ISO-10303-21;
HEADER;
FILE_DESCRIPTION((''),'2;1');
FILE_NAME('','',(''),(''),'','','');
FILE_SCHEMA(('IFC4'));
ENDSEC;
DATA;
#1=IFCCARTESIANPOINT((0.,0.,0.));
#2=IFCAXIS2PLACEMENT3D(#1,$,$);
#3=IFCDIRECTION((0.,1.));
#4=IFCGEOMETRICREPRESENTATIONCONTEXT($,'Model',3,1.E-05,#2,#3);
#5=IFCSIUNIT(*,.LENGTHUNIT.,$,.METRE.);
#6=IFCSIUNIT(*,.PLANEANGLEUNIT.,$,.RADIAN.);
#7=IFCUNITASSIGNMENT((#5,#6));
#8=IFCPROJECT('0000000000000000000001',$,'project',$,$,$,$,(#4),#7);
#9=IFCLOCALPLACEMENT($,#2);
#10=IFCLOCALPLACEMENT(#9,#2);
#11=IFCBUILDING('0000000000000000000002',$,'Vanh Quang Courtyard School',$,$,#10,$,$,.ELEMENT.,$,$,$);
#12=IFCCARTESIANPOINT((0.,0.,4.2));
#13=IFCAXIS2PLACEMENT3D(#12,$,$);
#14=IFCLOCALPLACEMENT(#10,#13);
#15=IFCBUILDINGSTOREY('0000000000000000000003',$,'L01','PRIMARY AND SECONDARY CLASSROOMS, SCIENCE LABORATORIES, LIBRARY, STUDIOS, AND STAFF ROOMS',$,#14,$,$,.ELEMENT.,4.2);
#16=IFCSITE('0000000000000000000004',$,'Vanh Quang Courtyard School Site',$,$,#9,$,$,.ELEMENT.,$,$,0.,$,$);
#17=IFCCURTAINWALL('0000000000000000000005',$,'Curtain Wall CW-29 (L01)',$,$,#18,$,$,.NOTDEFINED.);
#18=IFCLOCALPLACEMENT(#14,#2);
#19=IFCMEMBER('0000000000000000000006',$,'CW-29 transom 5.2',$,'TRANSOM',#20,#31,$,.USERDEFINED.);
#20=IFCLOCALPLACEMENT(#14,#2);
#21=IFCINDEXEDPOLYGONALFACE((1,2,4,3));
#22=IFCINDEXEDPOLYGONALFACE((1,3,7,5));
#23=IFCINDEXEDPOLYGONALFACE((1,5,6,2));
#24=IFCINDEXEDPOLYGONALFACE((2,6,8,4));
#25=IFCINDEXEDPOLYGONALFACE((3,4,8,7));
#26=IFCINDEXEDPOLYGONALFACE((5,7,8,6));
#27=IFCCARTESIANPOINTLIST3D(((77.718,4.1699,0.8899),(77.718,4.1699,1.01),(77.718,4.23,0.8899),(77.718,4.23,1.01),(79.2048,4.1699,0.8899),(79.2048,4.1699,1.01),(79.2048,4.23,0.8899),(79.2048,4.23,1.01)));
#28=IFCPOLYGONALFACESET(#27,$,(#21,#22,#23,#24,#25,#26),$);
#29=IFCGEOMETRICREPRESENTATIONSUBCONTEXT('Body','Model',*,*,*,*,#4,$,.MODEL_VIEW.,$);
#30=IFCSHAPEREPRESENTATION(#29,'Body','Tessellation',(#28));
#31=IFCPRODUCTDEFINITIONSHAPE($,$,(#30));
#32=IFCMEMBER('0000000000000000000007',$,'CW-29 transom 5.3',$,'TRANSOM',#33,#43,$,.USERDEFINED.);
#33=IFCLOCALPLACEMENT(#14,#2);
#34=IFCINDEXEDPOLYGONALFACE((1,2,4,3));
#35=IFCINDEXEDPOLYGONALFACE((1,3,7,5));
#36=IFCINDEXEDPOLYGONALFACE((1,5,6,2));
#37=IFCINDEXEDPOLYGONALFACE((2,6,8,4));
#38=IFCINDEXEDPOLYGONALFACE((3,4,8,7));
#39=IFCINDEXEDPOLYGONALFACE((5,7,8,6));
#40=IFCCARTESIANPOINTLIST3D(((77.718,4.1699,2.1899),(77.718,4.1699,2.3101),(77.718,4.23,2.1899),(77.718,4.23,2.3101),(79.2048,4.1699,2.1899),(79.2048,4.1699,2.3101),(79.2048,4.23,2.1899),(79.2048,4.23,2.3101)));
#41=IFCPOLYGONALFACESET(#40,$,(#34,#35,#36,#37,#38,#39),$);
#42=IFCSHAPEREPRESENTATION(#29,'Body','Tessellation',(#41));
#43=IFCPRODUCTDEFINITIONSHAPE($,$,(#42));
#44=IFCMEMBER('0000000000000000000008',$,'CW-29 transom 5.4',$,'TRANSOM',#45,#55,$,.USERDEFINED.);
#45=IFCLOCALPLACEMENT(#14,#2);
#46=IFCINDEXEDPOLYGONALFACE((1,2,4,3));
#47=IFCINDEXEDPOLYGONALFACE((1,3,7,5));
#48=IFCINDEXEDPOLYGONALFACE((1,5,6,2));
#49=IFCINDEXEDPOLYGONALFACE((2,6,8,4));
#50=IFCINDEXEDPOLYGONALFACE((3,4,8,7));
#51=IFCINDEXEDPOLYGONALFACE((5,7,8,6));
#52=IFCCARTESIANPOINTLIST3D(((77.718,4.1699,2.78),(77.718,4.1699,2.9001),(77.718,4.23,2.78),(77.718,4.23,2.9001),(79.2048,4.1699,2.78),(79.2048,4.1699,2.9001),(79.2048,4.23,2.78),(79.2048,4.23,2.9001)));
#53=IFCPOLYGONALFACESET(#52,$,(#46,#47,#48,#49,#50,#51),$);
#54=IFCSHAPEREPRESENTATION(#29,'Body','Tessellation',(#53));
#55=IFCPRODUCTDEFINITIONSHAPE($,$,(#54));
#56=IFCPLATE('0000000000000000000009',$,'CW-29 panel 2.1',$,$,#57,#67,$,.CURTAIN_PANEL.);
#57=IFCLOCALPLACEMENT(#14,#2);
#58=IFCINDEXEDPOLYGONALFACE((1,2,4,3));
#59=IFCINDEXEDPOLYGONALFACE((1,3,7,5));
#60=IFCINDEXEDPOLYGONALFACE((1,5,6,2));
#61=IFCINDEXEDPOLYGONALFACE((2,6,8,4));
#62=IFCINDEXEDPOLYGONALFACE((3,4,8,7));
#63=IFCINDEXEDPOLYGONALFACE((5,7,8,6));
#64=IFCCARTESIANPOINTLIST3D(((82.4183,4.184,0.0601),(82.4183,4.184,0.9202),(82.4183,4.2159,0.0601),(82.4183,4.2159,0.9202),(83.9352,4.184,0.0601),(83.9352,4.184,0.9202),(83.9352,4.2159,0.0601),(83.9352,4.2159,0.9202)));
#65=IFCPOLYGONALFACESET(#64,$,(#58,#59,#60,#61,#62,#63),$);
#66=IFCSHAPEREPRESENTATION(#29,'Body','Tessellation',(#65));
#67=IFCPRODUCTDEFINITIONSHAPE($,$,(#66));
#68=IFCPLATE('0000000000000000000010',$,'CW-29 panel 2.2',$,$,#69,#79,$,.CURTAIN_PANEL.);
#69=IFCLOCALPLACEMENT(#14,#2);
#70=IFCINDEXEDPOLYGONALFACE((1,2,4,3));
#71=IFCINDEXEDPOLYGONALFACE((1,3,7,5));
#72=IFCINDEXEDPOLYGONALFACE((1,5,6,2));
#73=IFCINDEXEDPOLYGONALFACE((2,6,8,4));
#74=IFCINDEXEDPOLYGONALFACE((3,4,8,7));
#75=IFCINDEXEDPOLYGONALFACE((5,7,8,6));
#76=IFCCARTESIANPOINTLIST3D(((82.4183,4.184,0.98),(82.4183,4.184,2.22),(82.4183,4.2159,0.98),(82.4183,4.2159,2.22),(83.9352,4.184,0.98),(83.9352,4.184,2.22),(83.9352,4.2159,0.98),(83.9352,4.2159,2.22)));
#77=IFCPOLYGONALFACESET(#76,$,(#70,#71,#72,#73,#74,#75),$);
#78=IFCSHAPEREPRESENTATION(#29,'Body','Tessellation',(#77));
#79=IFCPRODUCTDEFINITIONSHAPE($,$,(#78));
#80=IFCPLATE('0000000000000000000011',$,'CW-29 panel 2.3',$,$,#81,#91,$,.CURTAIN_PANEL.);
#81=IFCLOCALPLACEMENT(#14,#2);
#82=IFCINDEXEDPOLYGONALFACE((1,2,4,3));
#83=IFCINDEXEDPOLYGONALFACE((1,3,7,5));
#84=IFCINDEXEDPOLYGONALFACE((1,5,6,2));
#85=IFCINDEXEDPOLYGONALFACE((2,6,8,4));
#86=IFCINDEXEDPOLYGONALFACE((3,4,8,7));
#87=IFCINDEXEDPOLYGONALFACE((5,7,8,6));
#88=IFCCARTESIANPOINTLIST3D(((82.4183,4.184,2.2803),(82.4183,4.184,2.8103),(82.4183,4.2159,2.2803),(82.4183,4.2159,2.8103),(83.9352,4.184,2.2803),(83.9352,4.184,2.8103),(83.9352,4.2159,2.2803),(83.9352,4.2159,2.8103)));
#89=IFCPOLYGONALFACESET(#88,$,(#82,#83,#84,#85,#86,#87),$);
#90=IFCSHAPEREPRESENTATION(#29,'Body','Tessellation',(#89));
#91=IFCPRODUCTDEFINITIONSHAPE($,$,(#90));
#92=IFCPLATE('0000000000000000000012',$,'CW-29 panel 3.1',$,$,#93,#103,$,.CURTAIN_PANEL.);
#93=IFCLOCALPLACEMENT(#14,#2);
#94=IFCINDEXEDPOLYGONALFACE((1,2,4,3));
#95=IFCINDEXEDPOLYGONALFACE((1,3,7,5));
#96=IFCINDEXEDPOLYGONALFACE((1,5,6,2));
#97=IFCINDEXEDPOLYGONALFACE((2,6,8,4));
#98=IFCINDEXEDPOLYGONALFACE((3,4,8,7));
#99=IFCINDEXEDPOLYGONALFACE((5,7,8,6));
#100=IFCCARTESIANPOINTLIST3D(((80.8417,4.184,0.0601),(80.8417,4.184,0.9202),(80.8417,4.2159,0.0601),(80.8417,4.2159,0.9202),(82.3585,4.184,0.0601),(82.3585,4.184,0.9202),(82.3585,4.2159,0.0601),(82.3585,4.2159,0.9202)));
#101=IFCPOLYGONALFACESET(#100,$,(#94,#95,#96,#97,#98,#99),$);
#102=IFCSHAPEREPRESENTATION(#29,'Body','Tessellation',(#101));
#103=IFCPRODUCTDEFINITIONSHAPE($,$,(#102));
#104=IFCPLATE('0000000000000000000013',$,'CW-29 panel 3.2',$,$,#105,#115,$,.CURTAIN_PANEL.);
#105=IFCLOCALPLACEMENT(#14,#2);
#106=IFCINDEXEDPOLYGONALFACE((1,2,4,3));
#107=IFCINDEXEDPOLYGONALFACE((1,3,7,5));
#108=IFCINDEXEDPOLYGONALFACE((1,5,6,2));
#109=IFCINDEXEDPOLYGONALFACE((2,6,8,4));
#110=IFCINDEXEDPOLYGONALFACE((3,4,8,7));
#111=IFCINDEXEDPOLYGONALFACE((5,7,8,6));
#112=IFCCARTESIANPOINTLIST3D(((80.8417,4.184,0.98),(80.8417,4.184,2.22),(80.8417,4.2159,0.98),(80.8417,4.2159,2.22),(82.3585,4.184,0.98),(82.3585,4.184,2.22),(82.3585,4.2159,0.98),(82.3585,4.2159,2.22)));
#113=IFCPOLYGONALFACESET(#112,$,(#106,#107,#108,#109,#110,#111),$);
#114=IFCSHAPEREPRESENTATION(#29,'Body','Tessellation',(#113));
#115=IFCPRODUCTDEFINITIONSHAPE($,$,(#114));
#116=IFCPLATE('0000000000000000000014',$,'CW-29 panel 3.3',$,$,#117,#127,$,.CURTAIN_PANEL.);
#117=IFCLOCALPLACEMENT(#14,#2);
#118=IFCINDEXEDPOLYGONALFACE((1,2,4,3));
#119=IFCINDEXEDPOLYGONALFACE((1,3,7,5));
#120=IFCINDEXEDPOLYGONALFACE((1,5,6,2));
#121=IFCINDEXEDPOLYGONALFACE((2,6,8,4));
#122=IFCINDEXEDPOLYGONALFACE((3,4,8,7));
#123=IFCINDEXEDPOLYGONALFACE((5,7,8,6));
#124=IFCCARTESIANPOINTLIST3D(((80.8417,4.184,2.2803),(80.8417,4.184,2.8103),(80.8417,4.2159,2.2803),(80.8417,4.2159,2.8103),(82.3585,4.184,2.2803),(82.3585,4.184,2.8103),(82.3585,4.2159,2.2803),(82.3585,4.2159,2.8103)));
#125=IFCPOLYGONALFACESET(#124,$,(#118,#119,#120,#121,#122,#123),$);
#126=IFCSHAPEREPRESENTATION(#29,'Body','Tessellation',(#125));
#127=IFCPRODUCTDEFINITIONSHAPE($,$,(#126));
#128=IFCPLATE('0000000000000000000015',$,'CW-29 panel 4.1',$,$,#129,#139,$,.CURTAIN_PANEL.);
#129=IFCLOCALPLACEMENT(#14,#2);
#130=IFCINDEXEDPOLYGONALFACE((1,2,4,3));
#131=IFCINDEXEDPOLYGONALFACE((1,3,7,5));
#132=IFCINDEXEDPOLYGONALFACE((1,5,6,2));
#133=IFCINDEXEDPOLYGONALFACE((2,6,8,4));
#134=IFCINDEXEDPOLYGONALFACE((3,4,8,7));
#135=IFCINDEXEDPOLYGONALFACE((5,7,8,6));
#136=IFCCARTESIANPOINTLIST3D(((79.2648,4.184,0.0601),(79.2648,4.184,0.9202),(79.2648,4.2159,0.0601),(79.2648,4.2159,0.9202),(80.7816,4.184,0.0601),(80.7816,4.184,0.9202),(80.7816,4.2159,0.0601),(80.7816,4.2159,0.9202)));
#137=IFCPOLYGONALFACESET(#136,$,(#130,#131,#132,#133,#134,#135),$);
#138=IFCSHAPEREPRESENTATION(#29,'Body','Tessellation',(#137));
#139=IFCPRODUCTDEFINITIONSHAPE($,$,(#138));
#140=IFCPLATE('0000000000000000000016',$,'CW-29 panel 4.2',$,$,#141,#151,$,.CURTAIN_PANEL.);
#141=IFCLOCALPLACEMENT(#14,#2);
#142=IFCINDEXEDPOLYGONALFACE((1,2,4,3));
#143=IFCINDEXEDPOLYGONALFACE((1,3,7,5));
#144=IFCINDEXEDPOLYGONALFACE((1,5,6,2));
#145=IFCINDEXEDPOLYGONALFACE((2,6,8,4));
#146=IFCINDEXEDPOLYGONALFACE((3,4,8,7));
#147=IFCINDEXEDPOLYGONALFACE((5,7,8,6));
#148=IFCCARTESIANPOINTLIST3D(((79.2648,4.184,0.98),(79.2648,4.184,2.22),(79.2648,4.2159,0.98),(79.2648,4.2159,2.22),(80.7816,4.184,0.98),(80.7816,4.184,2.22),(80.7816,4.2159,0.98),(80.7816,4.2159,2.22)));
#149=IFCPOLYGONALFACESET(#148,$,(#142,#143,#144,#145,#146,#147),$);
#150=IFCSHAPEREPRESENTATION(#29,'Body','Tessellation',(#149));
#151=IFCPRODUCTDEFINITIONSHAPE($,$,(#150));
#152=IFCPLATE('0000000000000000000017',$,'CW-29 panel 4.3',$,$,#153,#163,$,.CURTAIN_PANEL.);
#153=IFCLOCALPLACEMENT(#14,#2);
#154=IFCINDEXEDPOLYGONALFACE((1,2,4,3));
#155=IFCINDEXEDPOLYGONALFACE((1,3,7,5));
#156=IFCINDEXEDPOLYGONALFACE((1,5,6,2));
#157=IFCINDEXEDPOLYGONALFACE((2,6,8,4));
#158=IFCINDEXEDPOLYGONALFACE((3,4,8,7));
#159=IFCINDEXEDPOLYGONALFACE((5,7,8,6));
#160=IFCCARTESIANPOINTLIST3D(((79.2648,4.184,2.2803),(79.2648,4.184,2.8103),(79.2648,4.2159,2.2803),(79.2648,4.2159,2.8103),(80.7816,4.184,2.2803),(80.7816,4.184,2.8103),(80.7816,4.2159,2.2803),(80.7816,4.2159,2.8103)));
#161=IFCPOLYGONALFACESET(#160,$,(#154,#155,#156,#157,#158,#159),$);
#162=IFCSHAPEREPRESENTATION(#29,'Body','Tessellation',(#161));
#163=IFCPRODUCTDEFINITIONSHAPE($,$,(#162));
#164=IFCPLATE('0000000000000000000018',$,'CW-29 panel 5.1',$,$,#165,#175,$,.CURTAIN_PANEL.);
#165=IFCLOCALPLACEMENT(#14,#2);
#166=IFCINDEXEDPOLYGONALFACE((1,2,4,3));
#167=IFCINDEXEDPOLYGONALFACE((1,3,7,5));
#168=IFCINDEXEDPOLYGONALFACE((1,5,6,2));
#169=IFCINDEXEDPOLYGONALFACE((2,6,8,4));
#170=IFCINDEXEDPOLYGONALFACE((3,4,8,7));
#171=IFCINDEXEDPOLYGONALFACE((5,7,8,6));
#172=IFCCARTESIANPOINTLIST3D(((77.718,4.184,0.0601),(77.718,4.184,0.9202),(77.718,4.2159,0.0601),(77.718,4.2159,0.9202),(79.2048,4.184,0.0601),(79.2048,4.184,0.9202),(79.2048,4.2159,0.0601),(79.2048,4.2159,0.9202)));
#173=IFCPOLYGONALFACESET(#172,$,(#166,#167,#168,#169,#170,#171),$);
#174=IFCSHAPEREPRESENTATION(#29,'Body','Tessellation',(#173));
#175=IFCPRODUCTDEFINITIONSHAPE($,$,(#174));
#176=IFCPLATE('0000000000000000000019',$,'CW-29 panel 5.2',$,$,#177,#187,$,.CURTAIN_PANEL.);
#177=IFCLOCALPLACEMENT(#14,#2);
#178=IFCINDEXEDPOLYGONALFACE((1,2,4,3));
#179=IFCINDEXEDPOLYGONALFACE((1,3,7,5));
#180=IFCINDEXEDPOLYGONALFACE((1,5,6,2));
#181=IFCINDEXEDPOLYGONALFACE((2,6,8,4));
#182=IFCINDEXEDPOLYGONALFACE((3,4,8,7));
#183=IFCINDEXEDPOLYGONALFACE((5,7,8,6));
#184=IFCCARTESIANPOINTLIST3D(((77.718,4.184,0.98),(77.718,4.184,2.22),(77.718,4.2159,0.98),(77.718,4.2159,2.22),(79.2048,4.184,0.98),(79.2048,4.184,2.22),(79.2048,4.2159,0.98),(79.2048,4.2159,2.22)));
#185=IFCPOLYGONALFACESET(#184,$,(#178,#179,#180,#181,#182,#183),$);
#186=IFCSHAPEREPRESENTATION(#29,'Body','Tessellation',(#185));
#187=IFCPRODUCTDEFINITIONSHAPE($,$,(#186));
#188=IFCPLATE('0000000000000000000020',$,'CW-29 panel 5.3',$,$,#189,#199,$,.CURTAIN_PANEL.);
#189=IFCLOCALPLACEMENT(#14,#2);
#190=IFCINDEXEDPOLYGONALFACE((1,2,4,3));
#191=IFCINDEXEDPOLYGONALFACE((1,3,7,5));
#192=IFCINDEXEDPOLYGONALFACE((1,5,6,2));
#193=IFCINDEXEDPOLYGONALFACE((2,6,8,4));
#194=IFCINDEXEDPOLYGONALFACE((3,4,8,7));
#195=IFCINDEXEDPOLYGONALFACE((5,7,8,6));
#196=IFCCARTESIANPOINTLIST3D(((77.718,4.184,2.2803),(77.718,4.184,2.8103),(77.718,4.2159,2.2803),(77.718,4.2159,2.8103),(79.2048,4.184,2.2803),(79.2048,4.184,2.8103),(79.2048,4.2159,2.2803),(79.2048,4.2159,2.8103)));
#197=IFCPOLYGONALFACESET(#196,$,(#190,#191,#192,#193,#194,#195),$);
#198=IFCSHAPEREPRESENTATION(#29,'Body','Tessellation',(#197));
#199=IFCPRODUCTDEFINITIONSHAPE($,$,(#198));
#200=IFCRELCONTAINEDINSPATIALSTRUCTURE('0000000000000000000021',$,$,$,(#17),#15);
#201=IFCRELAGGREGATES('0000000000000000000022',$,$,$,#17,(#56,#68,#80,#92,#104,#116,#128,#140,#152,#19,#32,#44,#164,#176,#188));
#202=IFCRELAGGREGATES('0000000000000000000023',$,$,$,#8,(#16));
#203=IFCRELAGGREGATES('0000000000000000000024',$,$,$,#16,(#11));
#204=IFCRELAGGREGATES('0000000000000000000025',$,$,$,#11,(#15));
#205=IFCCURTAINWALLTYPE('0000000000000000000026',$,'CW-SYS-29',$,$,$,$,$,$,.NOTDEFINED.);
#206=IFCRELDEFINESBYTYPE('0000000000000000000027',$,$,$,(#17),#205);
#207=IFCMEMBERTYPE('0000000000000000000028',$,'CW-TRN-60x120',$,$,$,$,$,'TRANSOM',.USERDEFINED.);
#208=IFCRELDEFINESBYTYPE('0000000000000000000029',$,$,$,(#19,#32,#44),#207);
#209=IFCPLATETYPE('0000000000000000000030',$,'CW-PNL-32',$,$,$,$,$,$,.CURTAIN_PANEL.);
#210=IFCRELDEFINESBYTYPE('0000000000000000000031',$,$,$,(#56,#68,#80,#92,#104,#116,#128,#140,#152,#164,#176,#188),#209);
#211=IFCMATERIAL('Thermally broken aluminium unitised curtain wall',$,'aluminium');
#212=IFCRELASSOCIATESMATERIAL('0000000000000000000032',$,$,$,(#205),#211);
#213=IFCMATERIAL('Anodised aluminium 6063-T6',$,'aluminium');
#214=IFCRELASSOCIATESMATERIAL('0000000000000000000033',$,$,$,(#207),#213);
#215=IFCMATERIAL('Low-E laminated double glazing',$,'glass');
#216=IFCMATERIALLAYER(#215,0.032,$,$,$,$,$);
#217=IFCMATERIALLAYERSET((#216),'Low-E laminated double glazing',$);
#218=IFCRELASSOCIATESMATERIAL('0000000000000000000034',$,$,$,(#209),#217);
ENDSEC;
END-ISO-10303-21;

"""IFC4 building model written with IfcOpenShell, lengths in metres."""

from ifc_helpers import new_model, si_unit, direction, frame, origin, origin_2d, place, context, subcontext, project, spatial, rectangle, extrude, material, layer, layer_set, material_profile, profile_set, type_object, element, aggregate, save


model = new_model("IFC4")

# Units and contexts
model_context = context("Model", 3, precision=1e-05, world=origin(), true_north=direction((0.0, 1.0)))
body_context = subcontext(model_context, "Body", "Model", "MODEL_VIEW")
ifc_project = project(units=[si_unit("LENGTHUNIT", "METRE"), si_unit("PLANEANGLEUNIT", "RADIAN")], contexts=[model_context])

# Site, building, storey
site_placement = place(None, origin())
site = spatial("IfcSite", under=ifc_project, at=site_placement, Name="Vanh Quang Courtyard School Site", CompositionType="ELEMENT", RefElevation=0.0)
building_placement = place(site_placement, origin())
building = spatial("IfcBuilding", under=site, at=building_placement, Name="Vanh Quang Courtyard School", CompositionType="ELEMENT")
storey_placement = place(building_placement, frame((0.0, 0.0, 4.2)))
storey = spatial("IfcBuildingStorey", under=building, at=storey_placement, Name="L01", Description="PRIMARY AND SECONDARY CLASSROOMS, SCIENCE LABORATORIES, LIBRARY, STUDIOS, AND STAFF ROOMS", CompositionType="ELEMENT", Elevation=4.2)

# Curtain wall, members, plates
ifc_material_1 = material(Name="Thermally broken aluminium unitised curtain wall", Category="aluminium")
curtain_wall_type = type_object("IfcCurtainWallType", Name="CW-SYS-29", PredefinedType="NOTDEFINED", material=ifc_material_1)
curtain_wall_placement = place(storey_placement, origin())
curtain_wall = element("IfcCurtainWall", 1, at=curtain_wall_placement, inside=storey, type_object=curtain_wall_type, Name="Curtain Wall CW-29 (L01)", PredefinedType="NOTDEFINED")
ifc_material_2 = material(Name="Anodised aluminium 6063-T6", Category="aluminium")
ifc_material_profile_1 = material_profile(ifc_material_2, rectangle(XDim=0.0601, YDim=0.1201, at=origin_2d()), Name="ALU-TRN 60x120")
ifc_profile_set_1 = profile_set([ifc_material_profile_1], Name="Anodised aluminium 6063-T6")
member_type_1 = type_object("IfcMemberType", Name="CW-TRN-60x120", ElementType="TRANSOM", PredefinedType="USERDEFINED", material=ifc_profile_set_1)
member_1_placement = place(storey_placement, frame((79.2048, 4.2, 0.95), z_axis=(-1.0, 0.0, 0.0), x_axis=(0.0, -1.0, 0.0)))
member_1 = element("IfcMember", 2, at=member_1_placement, type_object=member_type_1, Name="CW-29 transom 5.2", ObjectType="TRANSOM", PredefinedType="USERDEFINED", context=body_context, shape_type="SweptSolid", body=[
    extrude(rectangle(XDim=0.0601, YDim=0.1201, at=origin_2d()), origin(), (0.0, 0.0, 1.0), 1.4868),
])
member_2_placement = place(storey_placement, frame((79.2048, 4.2, 2.25), z_axis=(-1.0, 0.0, 0.0), x_axis=(0.0, -1.0, 0.0)))
member_2 = element("IfcMember", 3, at=member_2_placement, type_object=member_type_1, Name="CW-29 transom 5.3", ObjectType="TRANSOM", PredefinedType="USERDEFINED", context=body_context, shape_type="SweptSolid", body=[
    extrude(rectangle(XDim=0.0601, YDim=0.1201, at=origin_2d()), origin(), (0.0, 0.0, 1.0), 1.4868),
])
member_3_placement = place(storey_placement, frame((79.2048, 4.2, 2.8401), z_axis=(-1.0, 0.0, 0.0), x_axis=(0.0, -1.0, 0.0)))
member_3 = element("IfcMember", 4, at=member_3_placement, type_object=member_type_1, Name="CW-29 transom 5.4", ObjectType="TRANSOM", PredefinedType="USERDEFINED", context=body_context, shape_type="SweptSolid", body=[
    extrude(rectangle(XDim=0.0601, YDim=0.1201, at=origin_2d()), origin(), (0.0, 0.0, 1.0), 1.4868),
])
ifc_material_3 = material(Name="Low-E laminated double glazing", Category="glass")
ifc_layer_1 = layer(ifc_material_3, 0.032)
ifc_layer_set_1 = layer_set([ifc_layer_1], Name="Low-E laminated double glazing")
plate_type = type_object("IfcPlateType", Name="CW-PNL-32", PredefinedType="CURTAIN_PANEL", material=ifc_layer_set_1)
plate_1_placement = place(storey_placement, frame((83.1768, 4.2, 0.0601), z_axis=(0.0, 0.0, 1.0), x_axis=(-1.0, 0.0, 0.0)))
plate_1 = element("IfcPlate", 5, at=plate_1_placement, type_object=plate_type, Name="CW-29 panel 2.1", PredefinedType="CURTAIN_PANEL", context=body_context, shape_type="SweptSolid", body=[
    extrude(rectangle(XDim=1.5168, YDim=0.032, at=origin_2d()), origin(), (0.0, 0.0, 1.0), 0.8601),
])
plate_2_placement = place(storey_placement, frame((83.1768, 4.2, 0.98), z_axis=(0.0, 0.0, 1.0), x_axis=(-1.0, 0.0, 0.0)))
plate_2 = element("IfcPlate", 6, at=plate_2_placement, type_object=plate_type, Name="CW-29 panel 2.2", PredefinedType="CURTAIN_PANEL", context=body_context, shape_type="SweptSolid", body=[
    extrude(rectangle(XDim=1.5168, YDim=0.032, at=origin_2d()), origin(), (0.0, 0.0, 1.0), 1.24),
])
plate_3_placement = place(storey_placement, frame((83.1768, 4.2, 2.2803), z_axis=(0.0, 0.0, 1.0), x_axis=(-1.0, 0.0, 0.0)))
plate_3 = element("IfcPlate", 7, at=plate_3_placement, type_object=plate_type, Name="CW-29 panel 2.3", PredefinedType="CURTAIN_PANEL", context=body_context, shape_type="SweptSolid", body=[
    extrude(rectangle(XDim=1.5168, YDim=0.032, at=origin_2d()), origin(), (0.0, 0.0, 1.0), 0.53),
])
plate_4_placement = place(storey_placement, frame((81.6001, 4.2, 0.0601), z_axis=(0.0, 0.0, 1.0), x_axis=(-1.0, 0.0, 0.0)))
plate_4 = element("IfcPlate", 8, at=plate_4_placement, type_object=plate_type, Name="CW-29 panel 3.1", PredefinedType="CURTAIN_PANEL", context=body_context, shape_type="SweptSolid", body=[
    extrude(rectangle(XDim=1.5168, YDim=0.032, at=origin_2d()), origin(), (0.0, 0.0, 1.0), 0.8601),
])
plate_5_placement = place(storey_placement, frame((81.6001, 4.2, 0.98), z_axis=(0.0, 0.0, 1.0), x_axis=(-1.0, 0.0, 0.0)))
plate_5 = element("IfcPlate", 9, at=plate_5_placement, type_object=plate_type, Name="CW-29 panel 3.2", PredefinedType="CURTAIN_PANEL", context=body_context, shape_type="SweptSolid", body=[
    extrude(rectangle(XDim=1.5168, YDim=0.032, at=origin_2d()), origin(), (0.0, 0.0, 1.0), 1.24),
])
plate_6_placement = place(storey_placement, frame((81.6001, 4.2, 2.2803), z_axis=(0.0, 0.0, 1.0), x_axis=(-1.0, 0.0, 0.0)))
plate_6 = element("IfcPlate", 10, at=plate_6_placement, type_object=plate_type, Name="CW-29 panel 3.3", PredefinedType="CURTAIN_PANEL", context=body_context, shape_type="SweptSolid", body=[
    extrude(rectangle(XDim=1.5168, YDim=0.032, at=origin_2d()), origin(), (0.0, 0.0, 1.0), 0.53),
])
plate_7_placement = place(storey_placement, frame((80.0232, 4.2, 0.0601), z_axis=(0.0, 0.0, 1.0), x_axis=(-1.0, 0.0, 0.0)))
plate_7 = element("IfcPlate", 11, at=plate_7_placement, type_object=plate_type, Name="CW-29 panel 4.1", PredefinedType="CURTAIN_PANEL", context=body_context, shape_type="SweptSolid", body=[
    extrude(rectangle(XDim=1.5168, YDim=0.032, at=origin_2d()), origin(), (0.0, 0.0, 1.0), 0.8601),
])
plate_8_placement = place(storey_placement, frame((80.0232, 4.2, 0.98), z_axis=(0.0, 0.0, 1.0), x_axis=(-1.0, 0.0, 0.0)))
plate_8 = element("IfcPlate", 12, at=plate_8_placement, type_object=plate_type, Name="CW-29 panel 4.2", PredefinedType="CURTAIN_PANEL", context=body_context, shape_type="SweptSolid", body=[
    extrude(rectangle(XDim=1.5168, YDim=0.032, at=origin_2d()), origin(), (0.0, 0.0, 1.0), 1.24),
])
plate_9_placement = place(storey_placement, frame((80.0232, 4.2, 2.2803), z_axis=(0.0, 0.0, 1.0), x_axis=(-1.0, 0.0, 0.0)))
plate_9 = element("IfcPlate", 13, at=plate_9_placement, type_object=plate_type, Name="CW-29 panel 4.3", PredefinedType="CURTAIN_PANEL", context=body_context, shape_type="SweptSolid", body=[
    extrude(rectangle(XDim=1.5168, YDim=0.032, at=origin_2d()), origin(), (0.0, 0.0, 1.0), 0.53),
])
plate_10_placement = place(storey_placement, frame((78.4614, 4.2, 0.0601), z_axis=(0.0, 0.0, 1.0), x_axis=(-1.0, 0.0, 0.0)))
plate_10 = element("IfcPlate", 14, at=plate_10_placement, type_object=plate_type, Name="CW-29 panel 5.1", PredefinedType="CURTAIN_PANEL", context=body_context, shape_type="SweptSolid", body=[
    extrude(rectangle(XDim=1.4868, YDim=0.032, at=origin_2d()), origin(), (0.0, 0.0, 1.0), 0.8601),
])
plate_11_placement = place(storey_placement, frame((78.4614, 4.2, 0.98), z_axis=(0.0, 0.0, 1.0), x_axis=(-1.0, 0.0, 0.0)))
plate_11 = element("IfcPlate", 15, at=plate_11_placement, type_object=plate_type, Name="CW-29 panel 5.2", PredefinedType="CURTAIN_PANEL", context=body_context, shape_type="SweptSolid", body=[
    extrude(rectangle(XDim=1.4868, YDim=0.032, at=origin_2d()), origin(), (0.0, 0.0, 1.0), 1.24),
])
plate_12_placement = place(storey_placement, frame((78.4614, 4.2, 2.2803), z_axis=(0.0, 0.0, 1.0), x_axis=(-1.0, 0.0, 0.0)))
plate_12 = element("IfcPlate", 16, at=plate_12_placement, type_object=plate_type, Name="CW-29 panel 5.3", PredefinedType="CURTAIN_PANEL", context=body_context, shape_type="SweptSolid", body=[
    extrude(rectangle(XDim=1.4868, YDim=0.032, at=origin_2d()), origin(), (0.0, 0.0, 1.0), 0.53),
])
aggregate(curtain_wall, [plate_1, plate_2, plate_3, plate_4, plate_5, plate_6, plate_7, plate_8, plate_9, member_1, member_2, member_3, plate_10, plate_11, plate_12])

save(model, "model.ifc")
